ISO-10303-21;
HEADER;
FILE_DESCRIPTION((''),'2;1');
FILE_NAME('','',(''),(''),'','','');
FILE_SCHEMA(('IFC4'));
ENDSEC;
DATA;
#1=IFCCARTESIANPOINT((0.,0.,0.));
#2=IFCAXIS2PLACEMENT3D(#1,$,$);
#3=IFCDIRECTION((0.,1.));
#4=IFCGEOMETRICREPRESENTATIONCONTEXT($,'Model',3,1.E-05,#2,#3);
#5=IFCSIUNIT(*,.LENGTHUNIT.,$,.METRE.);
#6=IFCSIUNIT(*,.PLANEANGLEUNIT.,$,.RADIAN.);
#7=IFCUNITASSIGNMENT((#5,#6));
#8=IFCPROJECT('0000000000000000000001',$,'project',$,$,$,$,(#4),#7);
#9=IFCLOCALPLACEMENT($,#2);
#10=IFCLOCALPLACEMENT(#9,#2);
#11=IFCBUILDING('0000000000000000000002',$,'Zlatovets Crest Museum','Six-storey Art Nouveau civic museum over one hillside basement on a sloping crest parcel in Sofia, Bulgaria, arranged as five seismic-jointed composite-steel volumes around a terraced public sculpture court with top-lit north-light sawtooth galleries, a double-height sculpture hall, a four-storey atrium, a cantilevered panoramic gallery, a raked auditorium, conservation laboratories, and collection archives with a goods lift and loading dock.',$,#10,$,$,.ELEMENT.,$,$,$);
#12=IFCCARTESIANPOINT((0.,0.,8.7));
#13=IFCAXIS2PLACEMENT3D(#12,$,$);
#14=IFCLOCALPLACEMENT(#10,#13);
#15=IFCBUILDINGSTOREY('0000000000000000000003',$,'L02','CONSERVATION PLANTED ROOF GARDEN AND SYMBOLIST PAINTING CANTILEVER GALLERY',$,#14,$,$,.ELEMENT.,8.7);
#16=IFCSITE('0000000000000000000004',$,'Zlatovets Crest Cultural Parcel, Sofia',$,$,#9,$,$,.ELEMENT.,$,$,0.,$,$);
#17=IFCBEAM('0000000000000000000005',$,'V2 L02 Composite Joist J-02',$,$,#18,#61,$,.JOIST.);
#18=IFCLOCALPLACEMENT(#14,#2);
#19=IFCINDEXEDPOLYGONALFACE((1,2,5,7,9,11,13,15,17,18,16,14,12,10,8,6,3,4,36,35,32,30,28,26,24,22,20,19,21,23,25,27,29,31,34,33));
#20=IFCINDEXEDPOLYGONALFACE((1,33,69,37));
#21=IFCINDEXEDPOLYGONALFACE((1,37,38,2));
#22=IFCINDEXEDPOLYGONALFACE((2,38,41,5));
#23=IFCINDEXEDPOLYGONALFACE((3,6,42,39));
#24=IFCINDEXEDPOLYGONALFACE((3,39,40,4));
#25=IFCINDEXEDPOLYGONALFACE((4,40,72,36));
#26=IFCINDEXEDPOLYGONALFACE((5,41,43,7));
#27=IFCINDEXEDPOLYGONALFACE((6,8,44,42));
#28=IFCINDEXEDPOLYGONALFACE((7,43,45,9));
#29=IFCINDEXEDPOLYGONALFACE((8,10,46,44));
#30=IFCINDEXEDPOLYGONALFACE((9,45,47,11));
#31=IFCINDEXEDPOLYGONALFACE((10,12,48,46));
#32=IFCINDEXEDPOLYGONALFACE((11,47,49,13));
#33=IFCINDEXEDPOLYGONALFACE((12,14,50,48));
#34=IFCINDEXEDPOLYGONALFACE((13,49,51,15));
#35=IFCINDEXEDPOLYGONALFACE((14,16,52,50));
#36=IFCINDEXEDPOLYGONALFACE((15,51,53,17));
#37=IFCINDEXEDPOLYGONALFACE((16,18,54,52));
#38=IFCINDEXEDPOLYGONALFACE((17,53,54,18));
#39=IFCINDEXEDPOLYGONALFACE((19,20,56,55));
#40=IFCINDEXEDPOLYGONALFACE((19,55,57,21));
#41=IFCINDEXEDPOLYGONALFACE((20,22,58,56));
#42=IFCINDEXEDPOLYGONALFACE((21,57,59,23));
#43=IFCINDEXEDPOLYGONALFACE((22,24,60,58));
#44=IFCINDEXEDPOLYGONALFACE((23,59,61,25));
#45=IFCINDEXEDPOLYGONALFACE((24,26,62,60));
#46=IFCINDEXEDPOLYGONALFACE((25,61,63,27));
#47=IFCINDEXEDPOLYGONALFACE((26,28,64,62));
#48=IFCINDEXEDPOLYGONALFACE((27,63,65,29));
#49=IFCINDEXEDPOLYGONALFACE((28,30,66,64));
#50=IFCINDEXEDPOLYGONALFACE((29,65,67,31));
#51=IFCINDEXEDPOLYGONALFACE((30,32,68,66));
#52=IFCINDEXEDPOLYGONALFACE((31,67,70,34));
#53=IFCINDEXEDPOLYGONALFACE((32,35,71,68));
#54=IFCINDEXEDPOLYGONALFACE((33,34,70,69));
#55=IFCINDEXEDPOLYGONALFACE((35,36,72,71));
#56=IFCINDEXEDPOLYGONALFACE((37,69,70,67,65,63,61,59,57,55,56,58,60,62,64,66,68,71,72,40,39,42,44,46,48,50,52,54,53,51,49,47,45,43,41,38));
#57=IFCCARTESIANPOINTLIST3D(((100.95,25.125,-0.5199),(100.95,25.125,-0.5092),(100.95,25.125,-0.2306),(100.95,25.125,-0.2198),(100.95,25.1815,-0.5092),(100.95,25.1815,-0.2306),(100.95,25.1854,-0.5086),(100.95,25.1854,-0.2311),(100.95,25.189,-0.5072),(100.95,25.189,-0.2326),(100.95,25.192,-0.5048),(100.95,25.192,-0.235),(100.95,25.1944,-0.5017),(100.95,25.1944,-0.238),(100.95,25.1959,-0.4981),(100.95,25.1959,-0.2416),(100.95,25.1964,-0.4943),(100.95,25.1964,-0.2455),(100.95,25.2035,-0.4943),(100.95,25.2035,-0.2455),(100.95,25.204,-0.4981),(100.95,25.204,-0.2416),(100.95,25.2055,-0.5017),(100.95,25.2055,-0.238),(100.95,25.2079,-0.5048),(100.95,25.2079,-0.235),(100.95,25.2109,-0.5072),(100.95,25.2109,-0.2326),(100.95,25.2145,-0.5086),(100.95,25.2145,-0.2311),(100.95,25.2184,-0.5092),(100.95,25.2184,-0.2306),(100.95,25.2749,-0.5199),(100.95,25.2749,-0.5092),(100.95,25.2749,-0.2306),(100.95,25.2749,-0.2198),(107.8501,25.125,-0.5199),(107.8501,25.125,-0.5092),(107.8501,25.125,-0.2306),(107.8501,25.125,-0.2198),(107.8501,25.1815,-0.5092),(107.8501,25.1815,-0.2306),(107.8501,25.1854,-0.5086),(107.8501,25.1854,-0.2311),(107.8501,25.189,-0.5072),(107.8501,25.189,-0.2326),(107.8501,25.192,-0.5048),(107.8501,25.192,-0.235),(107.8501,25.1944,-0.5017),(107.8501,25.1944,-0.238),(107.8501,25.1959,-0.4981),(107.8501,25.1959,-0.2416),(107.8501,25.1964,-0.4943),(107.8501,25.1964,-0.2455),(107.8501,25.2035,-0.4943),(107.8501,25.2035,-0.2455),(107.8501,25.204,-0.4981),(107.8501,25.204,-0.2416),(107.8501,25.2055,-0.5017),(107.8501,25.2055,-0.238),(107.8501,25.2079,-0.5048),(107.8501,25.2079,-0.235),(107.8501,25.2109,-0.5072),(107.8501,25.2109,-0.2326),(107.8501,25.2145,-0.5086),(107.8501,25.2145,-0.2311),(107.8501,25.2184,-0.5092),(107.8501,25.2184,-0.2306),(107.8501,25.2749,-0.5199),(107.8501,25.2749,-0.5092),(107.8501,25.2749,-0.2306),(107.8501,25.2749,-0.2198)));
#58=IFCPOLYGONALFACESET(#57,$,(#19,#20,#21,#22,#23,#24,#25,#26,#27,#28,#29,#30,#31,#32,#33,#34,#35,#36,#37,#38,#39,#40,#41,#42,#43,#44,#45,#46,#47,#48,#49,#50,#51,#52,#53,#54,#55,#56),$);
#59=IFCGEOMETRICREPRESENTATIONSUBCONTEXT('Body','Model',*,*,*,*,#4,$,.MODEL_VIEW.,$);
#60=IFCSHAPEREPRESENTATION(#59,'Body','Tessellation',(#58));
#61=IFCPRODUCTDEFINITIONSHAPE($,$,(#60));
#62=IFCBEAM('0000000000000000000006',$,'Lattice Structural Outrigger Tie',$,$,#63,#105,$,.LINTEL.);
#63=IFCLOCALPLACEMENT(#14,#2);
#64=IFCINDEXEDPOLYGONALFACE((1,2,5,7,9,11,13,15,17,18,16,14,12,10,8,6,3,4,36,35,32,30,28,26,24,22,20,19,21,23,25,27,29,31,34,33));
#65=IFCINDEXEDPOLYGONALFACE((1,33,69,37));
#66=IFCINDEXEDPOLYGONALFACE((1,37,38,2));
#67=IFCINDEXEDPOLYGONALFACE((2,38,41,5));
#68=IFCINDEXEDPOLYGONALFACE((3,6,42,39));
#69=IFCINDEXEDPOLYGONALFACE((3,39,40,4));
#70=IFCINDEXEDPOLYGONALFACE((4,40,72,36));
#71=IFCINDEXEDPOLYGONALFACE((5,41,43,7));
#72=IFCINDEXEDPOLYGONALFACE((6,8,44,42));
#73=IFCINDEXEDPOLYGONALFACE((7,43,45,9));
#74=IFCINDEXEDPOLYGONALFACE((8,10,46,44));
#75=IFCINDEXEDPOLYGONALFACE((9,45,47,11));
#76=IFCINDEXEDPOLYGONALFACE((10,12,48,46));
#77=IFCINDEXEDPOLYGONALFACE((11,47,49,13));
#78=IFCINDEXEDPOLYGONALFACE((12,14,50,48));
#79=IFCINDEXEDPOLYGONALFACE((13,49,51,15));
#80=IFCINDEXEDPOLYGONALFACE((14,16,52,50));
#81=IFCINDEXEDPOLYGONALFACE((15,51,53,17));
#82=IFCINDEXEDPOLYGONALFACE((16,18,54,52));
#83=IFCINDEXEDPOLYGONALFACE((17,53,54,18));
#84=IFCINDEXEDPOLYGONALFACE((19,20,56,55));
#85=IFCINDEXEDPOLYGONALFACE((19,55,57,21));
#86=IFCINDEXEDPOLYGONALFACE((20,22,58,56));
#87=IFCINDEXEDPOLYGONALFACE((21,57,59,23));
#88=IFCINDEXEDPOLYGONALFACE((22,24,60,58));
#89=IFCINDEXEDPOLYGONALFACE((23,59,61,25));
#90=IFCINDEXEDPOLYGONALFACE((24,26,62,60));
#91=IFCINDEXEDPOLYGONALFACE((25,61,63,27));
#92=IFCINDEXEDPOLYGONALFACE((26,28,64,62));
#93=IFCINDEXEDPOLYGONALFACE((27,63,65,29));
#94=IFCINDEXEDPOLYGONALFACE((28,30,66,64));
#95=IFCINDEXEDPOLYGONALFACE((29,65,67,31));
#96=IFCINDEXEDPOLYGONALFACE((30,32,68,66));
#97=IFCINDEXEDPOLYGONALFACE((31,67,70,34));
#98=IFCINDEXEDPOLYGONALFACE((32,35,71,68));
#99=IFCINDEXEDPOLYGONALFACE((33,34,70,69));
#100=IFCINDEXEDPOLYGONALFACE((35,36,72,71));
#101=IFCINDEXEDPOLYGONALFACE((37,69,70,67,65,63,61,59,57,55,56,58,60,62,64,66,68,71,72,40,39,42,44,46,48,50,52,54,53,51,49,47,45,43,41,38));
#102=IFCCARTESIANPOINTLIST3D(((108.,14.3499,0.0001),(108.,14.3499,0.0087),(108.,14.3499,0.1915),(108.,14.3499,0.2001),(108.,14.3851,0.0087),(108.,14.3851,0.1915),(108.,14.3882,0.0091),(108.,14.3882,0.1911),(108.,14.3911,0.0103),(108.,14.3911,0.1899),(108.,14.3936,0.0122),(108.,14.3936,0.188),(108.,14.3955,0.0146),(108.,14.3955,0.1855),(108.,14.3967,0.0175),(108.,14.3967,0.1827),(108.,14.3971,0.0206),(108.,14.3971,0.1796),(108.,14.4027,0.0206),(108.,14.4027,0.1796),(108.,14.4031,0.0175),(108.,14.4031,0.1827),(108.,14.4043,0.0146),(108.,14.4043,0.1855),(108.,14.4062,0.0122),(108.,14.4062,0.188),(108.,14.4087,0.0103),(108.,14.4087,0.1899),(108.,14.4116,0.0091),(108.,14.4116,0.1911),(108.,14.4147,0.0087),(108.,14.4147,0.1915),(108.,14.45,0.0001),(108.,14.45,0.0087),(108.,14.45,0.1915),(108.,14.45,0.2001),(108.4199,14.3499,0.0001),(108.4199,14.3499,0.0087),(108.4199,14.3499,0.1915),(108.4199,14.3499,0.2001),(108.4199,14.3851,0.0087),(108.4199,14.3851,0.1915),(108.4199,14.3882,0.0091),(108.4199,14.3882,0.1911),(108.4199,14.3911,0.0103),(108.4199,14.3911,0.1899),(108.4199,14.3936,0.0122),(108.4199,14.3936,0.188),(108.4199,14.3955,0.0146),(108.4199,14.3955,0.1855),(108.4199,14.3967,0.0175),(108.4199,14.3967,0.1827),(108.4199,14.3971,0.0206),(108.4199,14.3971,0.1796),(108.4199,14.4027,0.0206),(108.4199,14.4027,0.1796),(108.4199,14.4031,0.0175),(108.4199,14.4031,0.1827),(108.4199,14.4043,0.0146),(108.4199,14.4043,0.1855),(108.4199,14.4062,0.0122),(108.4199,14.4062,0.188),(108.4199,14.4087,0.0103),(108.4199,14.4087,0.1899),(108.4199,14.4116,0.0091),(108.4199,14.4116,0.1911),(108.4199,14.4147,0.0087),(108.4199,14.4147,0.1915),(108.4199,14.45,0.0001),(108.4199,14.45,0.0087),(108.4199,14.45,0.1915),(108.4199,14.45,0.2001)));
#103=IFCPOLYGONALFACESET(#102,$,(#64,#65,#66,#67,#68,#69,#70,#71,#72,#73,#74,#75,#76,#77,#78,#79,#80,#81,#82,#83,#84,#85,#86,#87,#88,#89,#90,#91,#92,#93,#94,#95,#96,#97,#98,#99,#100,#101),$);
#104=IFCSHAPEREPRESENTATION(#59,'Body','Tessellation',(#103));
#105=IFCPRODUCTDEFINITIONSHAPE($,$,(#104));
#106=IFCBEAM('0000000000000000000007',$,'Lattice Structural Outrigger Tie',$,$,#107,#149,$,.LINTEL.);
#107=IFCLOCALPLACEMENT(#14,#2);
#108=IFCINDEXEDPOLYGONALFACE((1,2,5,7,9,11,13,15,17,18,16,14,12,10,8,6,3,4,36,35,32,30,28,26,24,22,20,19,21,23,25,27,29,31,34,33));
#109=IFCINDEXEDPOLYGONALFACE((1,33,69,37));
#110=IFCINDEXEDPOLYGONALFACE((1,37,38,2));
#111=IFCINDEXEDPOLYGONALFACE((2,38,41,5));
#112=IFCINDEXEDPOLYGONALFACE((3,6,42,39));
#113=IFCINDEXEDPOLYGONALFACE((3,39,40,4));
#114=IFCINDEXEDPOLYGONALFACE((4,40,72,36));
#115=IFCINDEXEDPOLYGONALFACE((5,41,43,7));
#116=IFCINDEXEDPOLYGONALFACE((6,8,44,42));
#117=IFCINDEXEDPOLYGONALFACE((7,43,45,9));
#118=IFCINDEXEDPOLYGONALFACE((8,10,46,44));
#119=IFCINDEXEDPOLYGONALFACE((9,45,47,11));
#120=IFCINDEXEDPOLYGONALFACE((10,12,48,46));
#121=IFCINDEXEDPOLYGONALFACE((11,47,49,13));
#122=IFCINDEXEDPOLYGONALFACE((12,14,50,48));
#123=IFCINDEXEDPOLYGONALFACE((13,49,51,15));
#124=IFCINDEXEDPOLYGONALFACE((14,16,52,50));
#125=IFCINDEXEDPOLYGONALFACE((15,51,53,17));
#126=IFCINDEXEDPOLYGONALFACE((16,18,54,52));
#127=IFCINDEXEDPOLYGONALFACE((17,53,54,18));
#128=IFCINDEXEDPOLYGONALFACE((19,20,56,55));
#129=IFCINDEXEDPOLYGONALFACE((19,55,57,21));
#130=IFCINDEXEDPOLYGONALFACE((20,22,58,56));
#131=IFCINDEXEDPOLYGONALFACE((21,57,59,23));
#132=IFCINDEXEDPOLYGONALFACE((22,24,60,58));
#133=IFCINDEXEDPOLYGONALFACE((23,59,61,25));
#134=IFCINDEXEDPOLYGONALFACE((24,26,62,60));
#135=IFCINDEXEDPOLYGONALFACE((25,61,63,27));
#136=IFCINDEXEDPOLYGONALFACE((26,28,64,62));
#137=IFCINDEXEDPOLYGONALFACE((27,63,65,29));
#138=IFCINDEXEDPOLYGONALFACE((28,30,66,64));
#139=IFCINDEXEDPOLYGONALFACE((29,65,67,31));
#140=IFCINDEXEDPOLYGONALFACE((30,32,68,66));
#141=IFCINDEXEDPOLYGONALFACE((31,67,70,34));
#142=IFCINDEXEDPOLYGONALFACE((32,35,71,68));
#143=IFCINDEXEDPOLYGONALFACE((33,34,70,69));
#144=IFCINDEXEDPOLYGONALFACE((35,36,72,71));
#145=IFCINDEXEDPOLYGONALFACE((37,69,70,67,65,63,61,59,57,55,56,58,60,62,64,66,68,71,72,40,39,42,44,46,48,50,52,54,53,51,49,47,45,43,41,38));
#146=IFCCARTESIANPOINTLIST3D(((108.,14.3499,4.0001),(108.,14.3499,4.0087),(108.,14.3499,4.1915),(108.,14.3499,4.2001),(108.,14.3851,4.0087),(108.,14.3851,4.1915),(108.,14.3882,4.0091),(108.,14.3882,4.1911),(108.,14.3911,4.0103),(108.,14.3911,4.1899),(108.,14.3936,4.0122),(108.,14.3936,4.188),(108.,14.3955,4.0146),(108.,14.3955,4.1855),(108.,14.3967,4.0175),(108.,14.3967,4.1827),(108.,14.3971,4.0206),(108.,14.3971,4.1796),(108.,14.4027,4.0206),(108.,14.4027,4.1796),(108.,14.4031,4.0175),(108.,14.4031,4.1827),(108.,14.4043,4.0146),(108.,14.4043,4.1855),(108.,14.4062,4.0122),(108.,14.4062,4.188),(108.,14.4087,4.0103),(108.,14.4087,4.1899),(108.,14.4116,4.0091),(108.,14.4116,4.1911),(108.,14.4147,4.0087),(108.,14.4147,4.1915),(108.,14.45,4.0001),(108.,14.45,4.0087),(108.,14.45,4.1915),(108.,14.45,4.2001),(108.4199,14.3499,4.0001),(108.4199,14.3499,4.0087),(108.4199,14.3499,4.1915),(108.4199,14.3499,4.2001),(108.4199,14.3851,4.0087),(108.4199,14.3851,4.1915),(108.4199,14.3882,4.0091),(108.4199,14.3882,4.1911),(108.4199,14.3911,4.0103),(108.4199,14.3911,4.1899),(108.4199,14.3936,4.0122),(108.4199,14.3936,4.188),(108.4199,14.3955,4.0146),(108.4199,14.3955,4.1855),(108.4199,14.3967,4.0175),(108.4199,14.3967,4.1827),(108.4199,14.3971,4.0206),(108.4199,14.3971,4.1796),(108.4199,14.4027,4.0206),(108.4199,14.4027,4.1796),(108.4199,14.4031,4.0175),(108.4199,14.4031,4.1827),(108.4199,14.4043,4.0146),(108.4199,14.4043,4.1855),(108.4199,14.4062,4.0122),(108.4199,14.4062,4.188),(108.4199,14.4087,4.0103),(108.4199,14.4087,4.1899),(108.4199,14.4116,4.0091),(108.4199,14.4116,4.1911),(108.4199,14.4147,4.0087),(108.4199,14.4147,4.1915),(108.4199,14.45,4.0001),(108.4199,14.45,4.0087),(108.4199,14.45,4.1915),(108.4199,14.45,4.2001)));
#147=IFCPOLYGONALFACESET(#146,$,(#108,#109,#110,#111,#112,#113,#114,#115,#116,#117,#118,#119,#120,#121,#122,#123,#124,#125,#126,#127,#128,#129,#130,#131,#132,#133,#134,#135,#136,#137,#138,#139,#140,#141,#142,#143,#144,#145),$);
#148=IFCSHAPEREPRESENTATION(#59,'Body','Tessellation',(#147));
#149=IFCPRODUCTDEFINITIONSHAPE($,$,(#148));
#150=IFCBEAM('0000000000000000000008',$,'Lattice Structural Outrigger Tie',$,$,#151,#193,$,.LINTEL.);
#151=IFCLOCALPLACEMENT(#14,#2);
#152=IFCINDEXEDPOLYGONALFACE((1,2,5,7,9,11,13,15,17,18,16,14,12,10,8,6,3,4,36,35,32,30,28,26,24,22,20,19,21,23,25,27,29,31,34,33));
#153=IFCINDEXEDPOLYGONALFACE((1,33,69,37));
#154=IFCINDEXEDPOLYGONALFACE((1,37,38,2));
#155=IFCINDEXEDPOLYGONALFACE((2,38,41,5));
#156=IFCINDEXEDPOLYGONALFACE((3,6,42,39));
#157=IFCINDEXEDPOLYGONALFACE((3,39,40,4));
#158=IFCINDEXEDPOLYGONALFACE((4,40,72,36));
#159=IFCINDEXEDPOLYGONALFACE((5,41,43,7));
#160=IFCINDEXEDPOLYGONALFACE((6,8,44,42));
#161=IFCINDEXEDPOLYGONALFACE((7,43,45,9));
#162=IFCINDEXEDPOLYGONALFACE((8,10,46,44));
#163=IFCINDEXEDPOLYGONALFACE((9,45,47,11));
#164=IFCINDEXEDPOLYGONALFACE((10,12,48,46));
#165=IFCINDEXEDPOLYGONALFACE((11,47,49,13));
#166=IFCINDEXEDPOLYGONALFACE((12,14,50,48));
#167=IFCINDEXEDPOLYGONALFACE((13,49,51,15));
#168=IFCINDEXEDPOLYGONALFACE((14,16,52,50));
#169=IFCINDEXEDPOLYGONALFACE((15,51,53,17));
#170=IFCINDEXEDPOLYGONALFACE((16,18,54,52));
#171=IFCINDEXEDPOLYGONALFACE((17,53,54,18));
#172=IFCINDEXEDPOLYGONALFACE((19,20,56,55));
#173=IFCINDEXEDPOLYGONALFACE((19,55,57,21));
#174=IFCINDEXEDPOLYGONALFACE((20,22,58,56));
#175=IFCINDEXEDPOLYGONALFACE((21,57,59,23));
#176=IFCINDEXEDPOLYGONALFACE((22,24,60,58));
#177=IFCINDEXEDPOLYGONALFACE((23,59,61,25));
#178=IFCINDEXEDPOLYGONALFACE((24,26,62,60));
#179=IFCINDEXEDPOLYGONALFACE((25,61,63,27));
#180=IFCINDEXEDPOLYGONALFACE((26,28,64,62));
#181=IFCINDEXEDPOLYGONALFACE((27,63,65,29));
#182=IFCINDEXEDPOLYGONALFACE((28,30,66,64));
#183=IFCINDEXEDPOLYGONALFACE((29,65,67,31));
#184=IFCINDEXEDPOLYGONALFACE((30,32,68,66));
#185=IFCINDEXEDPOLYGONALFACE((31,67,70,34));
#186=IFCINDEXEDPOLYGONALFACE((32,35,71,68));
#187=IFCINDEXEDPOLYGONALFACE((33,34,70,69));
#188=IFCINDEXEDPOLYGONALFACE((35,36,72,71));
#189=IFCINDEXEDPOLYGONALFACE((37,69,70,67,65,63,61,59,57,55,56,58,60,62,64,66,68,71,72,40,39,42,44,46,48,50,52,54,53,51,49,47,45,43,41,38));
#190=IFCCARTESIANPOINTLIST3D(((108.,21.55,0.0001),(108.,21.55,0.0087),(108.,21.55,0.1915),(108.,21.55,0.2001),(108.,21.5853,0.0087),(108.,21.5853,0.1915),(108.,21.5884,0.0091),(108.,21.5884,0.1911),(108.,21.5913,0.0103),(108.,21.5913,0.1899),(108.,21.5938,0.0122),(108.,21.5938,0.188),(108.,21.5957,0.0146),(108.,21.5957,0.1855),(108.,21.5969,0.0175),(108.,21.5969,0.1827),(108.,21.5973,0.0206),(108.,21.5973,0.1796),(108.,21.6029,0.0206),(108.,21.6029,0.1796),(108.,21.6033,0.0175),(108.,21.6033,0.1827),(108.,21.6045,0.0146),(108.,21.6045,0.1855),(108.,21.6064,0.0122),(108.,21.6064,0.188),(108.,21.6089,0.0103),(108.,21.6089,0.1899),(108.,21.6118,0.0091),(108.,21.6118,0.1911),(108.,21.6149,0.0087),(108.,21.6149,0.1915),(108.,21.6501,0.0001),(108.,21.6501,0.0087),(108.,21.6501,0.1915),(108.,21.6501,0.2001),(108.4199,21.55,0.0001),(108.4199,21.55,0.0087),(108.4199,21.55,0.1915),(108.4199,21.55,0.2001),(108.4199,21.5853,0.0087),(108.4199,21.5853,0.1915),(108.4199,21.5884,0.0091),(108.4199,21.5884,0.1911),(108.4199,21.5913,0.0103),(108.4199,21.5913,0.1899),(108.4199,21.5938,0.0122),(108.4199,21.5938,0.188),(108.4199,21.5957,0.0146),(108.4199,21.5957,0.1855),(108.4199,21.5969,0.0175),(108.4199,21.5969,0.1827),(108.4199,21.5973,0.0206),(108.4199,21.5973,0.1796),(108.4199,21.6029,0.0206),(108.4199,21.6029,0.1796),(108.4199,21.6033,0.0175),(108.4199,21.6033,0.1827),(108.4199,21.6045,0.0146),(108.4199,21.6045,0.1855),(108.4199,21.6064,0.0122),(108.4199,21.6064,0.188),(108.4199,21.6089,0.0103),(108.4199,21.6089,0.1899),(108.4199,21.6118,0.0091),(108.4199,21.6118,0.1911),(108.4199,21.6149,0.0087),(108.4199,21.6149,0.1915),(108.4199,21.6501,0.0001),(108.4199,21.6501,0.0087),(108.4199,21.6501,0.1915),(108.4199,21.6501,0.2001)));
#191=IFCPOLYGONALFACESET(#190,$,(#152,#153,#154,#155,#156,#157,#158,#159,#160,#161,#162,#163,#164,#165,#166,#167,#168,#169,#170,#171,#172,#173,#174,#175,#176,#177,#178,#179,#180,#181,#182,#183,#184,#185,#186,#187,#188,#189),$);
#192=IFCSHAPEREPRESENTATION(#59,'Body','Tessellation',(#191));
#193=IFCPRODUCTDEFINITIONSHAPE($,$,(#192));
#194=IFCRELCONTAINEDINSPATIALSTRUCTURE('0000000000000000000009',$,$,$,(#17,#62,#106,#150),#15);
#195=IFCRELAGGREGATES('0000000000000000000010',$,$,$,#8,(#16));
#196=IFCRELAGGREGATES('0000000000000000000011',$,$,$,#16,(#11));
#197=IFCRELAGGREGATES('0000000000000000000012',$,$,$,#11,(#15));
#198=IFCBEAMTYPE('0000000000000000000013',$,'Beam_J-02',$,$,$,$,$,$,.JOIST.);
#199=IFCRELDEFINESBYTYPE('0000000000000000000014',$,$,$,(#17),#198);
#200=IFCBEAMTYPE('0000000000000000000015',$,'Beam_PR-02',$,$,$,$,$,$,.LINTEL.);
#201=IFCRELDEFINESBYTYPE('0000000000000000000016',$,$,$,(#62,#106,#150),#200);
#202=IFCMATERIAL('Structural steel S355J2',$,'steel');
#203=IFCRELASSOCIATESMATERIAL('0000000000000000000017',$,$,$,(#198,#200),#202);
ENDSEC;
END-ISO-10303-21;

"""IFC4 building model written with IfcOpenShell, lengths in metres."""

from ifc_helpers import new_model, si_unit, direction, frame, origin, origin_2d, place, context, subcontext, project, spatial, i_section, extrude, material, material_profile, profile_set, type_object, element, save


model = new_model("IFC4")

# Units and contexts
model_context = context("Model", 3, precision=1e-05, world=origin(), true_north=direction((0.0, 1.0)))
body_context = subcontext(model_context, "Body", "Model", "MODEL_VIEW")
ifc_project = project(units=[si_unit("LENGTHUNIT", "METRE"), si_unit("PLANEANGLEUNIT", "RADIAN")], contexts=[model_context])

# Site, building, storey
site_placement = place(None, origin())
site = spatial("IfcSite", under=ifc_project, at=site_placement, Name="Zlatovets Crest Cultural Parcel, Sofia", CompositionType="ELEMENT", RefElevation=0.0)
building_placement = place(site_placement, origin())
building = spatial("IfcBuilding", under=site, at=building_placement, Name="Zlatovets Crest Museum", Description="Six-storey Art Nouveau civic museum over one hillside basement on a sloping crest parcel in Sofia, Bulgaria, arranged as five seismic-jointed composite-steel volumes around a terraced public sculpture court with top-lit north-light sawtooth galleries, a double-height sculpture hall, a four-storey atrium, a cantilevered panoramic gallery, a raked auditorium, conservation laboratories, and collection archives with a goods lift and loading dock.", CompositionType="ELEMENT")
storey_placement = place(building_placement, frame((0.0, 0.0, 8.7)))
storey = spatial("IfcBuildingStorey", under=building, at=storey_placement, Name="L02", Description="CONSERVATION PLANTED ROOF GARDEN AND SYMBOLIST PAINTING CANTILEVER GALLERY", CompositionType="ELEMENT", Elevation=8.7)

# Shared definitions
ifc_material_1 = material(Name="Structural steel S355J2", Category="steel")

# Beams
ifc_material_profile_1 = material_profile(ifc_material_1, i_section(OverallWidth=0.1499, OverallDepth=0.3, WebThickness=0.0071, FlangeThickness=0.0107, FilletRadius=0.0149, at=origin_2d()), Name="IPE 300")
ifc_profile_set_1 = profile_set([ifc_material_profile_1], Name="Structural steel S355J2")
beam_type_1 = type_object("IfcBeamType", Name="Beam_J-02", PredefinedType="JOIST", material=ifc_profile_set_1)
beam_1_placement = place(storey_placement, frame((100.95, 25.2, -0.3699), z_axis=(1.0, 0.0, 0.0), x_axis=(0.0, 1.0, 0.0)))
element("IfcBeam", 1, at=beam_1_placement, inside=storey, type_object=beam_type_1, Name="V2 L02 Composite Joist J-02", PredefinedType="JOIST", context=body_context, shape_type="SweptSolid", body=[
    extrude(i_section(OverallWidth=0.1499, OverallDepth=0.3, WebThickness=0.0071, FlangeThickness=0.0107, FilletRadius=0.0149, at=origin_2d()), origin(), (0.0, 0.0, 1.0), 6.9001),
])
ifc_material_profile_2 = material_profile(ifc_material_1, i_section(OverallWidth=0.1001, OverallDepth=0.2, WebThickness=0.0056, FlangeThickness=0.0085, FilletRadius=0.012, at=origin_2d()), Name="IPE 200")
ifc_profile_set_2 = profile_set([ifc_material_profile_2], Name="Structural steel S355J2")
beam_type_2 = type_object("IfcBeamType", Name="Beam_PR-02", PredefinedType="LINTEL", material=ifc_profile_set_2)
for number, where, z_axis, x_axis, name in (
    (2, (108.0, 14.3999, 0.1001), (1.0, 0.0, 0.0), (0.0, 1.0, 0.0), "Lattice Structural Outrigger Tie"),
    (3, (108.0, 14.3999, 4.1001), (1.0, 0.0, 0.0), (0.0, 1.0, 0.0), "Lattice Structural Outrigger Tie"),
    (4, (108.0, 21.6001, 0.1001), (1.0, 0.0, 0.0), (0.0, 1.0, 0.0), "Lattice Structural Outrigger Tie"),
):
    element("IfcBeam", number, at=place(storey_placement, frame(where, z_axis=z_axis, x_axis=x_axis)), inside=storey, type_object=beam_type_2, Name=name, PredefinedType="LINTEL", context=body_context, shape_type="SweptSolid", body=[
        extrude(i_section(OverallWidth=0.1001, OverallDepth=0.2, WebThickness=0.0056, FlangeThickness=0.0085, FilletRadius=0.012, at=origin_2d()), origin(), (0.0, 0.0, 1.0), 0.4199),
    ])

save(model, "model.ifc")
